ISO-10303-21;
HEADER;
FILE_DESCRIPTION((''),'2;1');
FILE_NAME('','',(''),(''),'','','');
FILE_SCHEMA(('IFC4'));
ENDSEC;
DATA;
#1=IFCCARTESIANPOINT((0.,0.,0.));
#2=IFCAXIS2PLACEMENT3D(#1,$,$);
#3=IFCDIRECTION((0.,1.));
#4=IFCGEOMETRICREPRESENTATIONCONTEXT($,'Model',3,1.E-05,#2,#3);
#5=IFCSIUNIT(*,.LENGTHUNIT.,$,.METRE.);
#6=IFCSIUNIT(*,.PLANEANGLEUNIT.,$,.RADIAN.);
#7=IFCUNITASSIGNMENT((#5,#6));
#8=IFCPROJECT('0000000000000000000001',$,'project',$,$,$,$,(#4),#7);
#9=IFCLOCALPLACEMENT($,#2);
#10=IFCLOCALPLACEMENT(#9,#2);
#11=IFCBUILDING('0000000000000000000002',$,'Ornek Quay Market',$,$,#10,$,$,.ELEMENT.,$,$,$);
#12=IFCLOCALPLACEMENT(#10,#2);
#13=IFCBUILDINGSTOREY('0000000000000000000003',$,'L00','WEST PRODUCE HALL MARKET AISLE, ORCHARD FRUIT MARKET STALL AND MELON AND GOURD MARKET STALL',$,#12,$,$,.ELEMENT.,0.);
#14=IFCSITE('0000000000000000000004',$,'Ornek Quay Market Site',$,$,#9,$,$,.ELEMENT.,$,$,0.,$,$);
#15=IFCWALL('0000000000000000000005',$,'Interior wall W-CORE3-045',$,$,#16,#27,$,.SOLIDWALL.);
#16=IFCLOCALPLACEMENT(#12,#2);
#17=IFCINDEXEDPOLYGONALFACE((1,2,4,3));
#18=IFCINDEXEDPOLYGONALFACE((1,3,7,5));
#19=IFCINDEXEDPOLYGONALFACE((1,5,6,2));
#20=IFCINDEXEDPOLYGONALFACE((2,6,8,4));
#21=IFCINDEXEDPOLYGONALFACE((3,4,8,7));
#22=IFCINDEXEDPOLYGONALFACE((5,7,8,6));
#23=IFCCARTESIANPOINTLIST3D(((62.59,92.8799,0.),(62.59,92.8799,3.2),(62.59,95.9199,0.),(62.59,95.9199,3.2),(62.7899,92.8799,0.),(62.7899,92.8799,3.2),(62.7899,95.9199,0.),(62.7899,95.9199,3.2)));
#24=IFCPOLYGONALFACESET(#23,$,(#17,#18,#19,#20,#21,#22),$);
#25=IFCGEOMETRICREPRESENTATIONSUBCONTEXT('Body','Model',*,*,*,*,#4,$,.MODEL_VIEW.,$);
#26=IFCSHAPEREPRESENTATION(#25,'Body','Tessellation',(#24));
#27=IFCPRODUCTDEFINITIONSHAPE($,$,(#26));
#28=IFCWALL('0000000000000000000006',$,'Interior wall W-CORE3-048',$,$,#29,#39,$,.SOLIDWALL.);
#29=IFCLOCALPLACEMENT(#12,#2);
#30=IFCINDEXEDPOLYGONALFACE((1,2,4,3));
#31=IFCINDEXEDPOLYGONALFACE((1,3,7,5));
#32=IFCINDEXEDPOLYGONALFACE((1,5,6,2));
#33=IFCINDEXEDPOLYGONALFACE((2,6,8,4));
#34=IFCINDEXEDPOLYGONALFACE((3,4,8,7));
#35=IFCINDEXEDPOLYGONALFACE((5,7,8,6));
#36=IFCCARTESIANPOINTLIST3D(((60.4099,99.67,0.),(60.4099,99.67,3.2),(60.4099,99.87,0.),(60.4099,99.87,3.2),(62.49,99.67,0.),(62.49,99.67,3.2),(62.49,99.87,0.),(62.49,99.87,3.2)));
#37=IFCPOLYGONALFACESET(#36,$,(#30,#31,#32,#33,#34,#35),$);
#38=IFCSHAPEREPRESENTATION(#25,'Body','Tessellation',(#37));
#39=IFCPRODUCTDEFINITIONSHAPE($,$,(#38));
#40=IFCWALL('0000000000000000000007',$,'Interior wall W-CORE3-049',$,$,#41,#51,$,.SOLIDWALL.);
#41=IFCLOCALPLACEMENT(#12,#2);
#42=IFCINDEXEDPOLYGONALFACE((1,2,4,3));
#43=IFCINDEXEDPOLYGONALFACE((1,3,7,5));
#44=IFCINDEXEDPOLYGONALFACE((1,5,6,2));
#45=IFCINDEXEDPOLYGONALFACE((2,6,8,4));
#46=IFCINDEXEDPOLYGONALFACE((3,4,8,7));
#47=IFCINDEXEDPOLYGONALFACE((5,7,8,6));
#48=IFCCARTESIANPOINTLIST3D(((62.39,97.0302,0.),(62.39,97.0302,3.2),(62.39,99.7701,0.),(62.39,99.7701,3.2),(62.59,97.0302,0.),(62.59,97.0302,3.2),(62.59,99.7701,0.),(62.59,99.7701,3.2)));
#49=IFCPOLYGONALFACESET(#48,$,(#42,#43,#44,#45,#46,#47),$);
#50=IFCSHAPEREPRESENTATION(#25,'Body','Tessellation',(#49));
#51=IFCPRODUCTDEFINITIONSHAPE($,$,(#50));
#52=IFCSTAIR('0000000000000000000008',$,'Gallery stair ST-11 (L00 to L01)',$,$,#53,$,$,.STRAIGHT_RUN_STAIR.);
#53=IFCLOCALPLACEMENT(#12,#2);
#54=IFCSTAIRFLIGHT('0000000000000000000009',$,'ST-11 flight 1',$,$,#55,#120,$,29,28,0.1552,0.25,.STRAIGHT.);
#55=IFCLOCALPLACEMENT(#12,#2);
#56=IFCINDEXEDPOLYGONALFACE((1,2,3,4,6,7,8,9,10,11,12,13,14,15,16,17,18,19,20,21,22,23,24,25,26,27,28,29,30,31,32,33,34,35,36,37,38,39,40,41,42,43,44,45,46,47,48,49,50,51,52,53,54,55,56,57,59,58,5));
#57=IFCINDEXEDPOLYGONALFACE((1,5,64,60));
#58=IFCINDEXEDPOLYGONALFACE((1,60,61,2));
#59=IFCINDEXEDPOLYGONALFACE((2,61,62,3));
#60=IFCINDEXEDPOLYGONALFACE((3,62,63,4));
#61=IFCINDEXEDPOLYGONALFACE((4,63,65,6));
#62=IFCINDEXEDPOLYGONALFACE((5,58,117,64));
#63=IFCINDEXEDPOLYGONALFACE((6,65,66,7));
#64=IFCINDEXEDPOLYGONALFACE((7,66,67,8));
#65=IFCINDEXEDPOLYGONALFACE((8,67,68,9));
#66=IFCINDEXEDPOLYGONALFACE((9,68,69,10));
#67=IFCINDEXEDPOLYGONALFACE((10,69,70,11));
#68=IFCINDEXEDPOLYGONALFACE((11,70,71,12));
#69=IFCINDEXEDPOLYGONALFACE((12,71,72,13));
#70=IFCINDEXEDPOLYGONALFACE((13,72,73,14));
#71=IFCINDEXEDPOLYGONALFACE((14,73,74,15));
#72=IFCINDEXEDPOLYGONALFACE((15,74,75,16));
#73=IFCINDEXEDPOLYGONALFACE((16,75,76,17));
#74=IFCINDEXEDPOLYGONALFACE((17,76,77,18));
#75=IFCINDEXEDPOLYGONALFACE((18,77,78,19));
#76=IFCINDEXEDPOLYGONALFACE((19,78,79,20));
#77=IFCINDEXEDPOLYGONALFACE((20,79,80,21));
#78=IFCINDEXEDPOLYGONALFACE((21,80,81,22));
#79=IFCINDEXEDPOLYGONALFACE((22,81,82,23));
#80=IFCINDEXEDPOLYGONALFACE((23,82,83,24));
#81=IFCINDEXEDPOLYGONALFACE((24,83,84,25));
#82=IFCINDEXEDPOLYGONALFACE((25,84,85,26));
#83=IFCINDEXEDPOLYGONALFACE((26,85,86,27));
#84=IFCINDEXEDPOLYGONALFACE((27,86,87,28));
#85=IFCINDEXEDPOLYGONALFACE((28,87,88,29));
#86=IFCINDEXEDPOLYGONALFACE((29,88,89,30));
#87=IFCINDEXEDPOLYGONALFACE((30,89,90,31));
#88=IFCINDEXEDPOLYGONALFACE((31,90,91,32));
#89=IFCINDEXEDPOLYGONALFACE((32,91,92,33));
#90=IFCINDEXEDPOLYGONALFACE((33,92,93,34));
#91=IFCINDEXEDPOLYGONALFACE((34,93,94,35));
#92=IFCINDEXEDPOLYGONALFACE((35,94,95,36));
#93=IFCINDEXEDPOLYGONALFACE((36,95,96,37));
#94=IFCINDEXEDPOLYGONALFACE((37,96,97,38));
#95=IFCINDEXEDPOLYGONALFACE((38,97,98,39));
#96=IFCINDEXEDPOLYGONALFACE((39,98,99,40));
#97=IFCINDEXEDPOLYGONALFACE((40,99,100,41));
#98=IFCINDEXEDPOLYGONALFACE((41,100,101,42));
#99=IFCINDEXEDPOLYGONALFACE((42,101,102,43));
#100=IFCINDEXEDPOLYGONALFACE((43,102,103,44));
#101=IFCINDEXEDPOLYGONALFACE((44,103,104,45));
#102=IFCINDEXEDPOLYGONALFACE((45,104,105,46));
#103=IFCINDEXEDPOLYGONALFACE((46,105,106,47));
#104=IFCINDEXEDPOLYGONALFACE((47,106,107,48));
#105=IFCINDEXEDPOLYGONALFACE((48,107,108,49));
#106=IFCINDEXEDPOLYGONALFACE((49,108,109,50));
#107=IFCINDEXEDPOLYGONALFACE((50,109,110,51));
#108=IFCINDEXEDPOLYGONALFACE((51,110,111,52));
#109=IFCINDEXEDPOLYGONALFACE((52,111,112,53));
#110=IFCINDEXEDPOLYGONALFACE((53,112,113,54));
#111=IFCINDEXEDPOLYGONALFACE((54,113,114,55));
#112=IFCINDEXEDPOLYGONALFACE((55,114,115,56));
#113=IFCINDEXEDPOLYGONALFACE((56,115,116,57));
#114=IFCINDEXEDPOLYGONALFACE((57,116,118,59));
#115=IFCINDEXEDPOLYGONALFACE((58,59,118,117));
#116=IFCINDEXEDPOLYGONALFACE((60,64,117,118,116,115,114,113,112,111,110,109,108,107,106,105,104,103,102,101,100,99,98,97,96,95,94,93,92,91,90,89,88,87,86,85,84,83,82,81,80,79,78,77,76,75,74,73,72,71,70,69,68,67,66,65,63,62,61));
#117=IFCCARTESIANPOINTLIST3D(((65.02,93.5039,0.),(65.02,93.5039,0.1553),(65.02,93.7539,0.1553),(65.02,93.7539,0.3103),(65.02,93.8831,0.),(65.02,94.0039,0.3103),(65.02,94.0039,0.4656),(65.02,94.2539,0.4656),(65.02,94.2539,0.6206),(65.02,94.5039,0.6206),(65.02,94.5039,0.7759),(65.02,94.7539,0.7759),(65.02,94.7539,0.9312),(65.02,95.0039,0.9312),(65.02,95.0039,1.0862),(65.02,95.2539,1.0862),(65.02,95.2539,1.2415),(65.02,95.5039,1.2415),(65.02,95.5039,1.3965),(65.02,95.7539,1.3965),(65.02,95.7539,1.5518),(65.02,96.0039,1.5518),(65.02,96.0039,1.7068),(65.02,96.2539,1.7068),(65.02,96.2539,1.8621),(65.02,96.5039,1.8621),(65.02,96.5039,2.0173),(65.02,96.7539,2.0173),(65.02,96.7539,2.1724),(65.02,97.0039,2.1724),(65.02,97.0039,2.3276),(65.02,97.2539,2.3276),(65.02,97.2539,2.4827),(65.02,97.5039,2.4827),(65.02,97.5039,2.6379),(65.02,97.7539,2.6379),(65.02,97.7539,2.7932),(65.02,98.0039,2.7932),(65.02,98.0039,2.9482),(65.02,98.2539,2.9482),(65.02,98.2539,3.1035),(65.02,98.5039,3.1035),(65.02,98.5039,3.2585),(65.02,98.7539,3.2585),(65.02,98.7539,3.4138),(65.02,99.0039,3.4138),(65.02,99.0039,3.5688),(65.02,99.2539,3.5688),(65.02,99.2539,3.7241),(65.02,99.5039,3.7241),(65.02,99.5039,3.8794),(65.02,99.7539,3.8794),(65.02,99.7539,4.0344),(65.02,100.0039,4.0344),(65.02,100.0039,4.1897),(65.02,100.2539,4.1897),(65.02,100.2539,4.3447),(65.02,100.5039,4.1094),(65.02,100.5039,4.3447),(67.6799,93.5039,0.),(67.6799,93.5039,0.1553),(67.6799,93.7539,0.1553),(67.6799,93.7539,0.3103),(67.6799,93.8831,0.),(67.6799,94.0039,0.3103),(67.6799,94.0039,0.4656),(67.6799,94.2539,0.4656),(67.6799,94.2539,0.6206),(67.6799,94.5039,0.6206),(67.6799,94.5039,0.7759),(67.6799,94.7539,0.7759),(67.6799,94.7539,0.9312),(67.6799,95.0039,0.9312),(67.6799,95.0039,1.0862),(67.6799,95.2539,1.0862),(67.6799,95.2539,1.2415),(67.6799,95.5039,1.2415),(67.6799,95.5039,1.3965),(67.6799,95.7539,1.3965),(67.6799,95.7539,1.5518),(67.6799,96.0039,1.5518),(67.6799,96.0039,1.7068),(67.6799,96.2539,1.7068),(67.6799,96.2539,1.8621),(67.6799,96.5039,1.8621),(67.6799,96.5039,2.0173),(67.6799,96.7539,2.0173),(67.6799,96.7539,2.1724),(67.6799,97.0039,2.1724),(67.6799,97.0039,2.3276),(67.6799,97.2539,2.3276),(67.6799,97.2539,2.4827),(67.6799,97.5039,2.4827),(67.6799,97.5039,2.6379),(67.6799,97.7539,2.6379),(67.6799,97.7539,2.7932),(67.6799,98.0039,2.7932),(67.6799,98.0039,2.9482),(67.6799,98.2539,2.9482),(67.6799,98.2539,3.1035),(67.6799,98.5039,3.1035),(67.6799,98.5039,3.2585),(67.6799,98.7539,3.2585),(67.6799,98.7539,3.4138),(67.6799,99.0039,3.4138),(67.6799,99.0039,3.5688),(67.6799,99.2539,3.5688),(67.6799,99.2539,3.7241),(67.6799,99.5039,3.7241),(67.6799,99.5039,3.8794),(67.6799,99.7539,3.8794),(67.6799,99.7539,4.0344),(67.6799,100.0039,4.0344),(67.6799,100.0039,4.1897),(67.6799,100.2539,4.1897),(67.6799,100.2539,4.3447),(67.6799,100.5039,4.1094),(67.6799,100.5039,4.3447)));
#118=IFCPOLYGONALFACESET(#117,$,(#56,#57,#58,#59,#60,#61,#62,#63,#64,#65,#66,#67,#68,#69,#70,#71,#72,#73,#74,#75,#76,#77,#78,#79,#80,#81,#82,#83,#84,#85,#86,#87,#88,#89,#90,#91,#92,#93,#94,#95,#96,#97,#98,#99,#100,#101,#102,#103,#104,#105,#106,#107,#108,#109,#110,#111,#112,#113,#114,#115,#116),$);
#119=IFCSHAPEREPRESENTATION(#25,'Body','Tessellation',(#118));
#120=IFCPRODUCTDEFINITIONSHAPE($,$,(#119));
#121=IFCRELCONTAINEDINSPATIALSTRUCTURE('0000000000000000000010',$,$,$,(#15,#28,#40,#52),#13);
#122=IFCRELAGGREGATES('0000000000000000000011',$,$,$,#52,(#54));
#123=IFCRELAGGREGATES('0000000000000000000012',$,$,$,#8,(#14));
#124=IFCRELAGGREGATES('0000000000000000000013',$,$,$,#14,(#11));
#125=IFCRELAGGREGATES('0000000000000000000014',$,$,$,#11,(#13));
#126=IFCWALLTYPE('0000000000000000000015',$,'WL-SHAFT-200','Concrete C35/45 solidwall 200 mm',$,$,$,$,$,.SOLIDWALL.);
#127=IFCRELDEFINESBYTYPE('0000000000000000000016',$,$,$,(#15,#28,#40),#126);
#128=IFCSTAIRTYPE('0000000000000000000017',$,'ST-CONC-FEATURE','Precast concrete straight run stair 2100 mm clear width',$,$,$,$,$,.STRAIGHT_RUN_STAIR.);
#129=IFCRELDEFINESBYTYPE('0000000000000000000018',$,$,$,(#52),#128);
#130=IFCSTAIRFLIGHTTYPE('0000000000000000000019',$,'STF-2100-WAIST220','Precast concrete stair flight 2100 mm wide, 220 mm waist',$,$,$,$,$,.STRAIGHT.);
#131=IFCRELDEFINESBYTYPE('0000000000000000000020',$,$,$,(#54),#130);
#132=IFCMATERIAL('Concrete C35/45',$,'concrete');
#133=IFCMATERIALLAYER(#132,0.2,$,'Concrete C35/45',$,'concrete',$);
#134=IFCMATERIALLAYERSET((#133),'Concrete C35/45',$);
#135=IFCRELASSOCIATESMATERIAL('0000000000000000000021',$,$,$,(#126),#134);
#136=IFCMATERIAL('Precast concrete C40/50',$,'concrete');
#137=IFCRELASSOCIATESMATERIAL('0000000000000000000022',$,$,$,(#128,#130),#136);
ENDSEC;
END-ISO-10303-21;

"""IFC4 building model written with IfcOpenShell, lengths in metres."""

from ifc_helpers import new_model, si_unit, direction, frame, frame_2d, origin, place, context, subcontext, project, spatial, polyline, rectangle, outline, extrude, material, layer, layer_set, type_object, element, aggregate, save


model = new_model("IFC4")

# Units and contexts
model_context = context("Model", 3, precision=1e-05, world=origin(), true_north=direction((0.0, 1.0)))
body_context = subcontext(model_context, "Body", "Model", "MODEL_VIEW")
ifc_project = project(units=[si_unit("LENGTHUNIT", "METRE"), si_unit("PLANEANGLEUNIT", "RADIAN")], contexts=[model_context])

# Site, building, storey
site_placement = place(None, origin())
site = spatial("IfcSite", under=ifc_project, at=site_placement, Name="Ornek Quay Market Site", CompositionType="ELEMENT", RefElevation=0.0)
building_placement = place(site_placement, origin())
building = spatial("IfcBuilding", under=site, at=building_placement, Name="Ornek Quay Market", CompositionType="ELEMENT")
storey_placement = place(building_placement, origin())
storey = spatial("IfcBuildingStorey", under=building, at=storey_placement, Name="L00", Description="WEST PRODUCE HALL MARKET AISLE, ORCHARD FRUIT MARKET STALL AND MELON AND GOURD MARKET STALL", CompositionType="ELEMENT", Elevation=0.0)

# Shared definitions
ifc_material_1 = material(Name="Concrete C35/45", Category="concrete")

# Walls
ifc_layer_1 = layer(ifc_material_1, 0.2, Name="Concrete C35/45", Category="concrete")
ifc_layer_set_1 = layer_set([ifc_layer_1], Name="Concrete C35/45")
wall_type_1 = type_object("IfcWallType", Name="WL-SHAFT-200", Description="Concrete C35/45 solidwall 200 mm", PredefinedType="SOLIDWALL", material=ifc_layer_set_1)
wall_1_placement = place(storey_placement, frame((62.6899, 92.8799, 0.0), z_axis=(0.0, 0.0, 1.0), x_axis=(0.0, 1.0, 0.0)))
element("IfcWall", 1, at=wall_1_placement, inside=storey, type_object=wall_type_1, Name="Interior wall W-CORE3-045", PredefinedType="SOLIDWALL", context=body_context, shape_type="SweptSolid", body=[
    extrude(rectangle(XDim=3.04, YDim=0.2, at=frame_2d((1.52, 0.0))), origin(), (0.0, 0.0, 1.0), 3.2),
])
wall_2_placement = place(storey_placement, frame((60.4099, 99.77, 0.0), z_axis=(0.0, 0.0, 1.0), x_axis=(1.0, 0.0, 0.0)))
element("IfcWall", 2, at=wall_2_placement, inside=storey, type_object=wall_type_1, Name="Interior wall W-CORE3-048", PredefinedType="SOLIDWALL", context=body_context, shape_type="SweptSolid", body=[
    extrude(rectangle(XDim=2.0801, YDim=0.2, at=frame_2d((1.04, 0.0))), origin(), (0.0, 0.0, 1.0), 3.2),
])
wall_3_placement = place(storey_placement, frame((62.49, 97.03, 0.0), z_axis=(0.0, 0.0, 1.0), x_axis=(0.0, 1.0, 0.0)))
element("IfcWall", 3, at=wall_3_placement, inside=storey, type_object=wall_type_1, Name="Interior wall W-CORE3-049", PredefinedType="SOLIDWALL", context=body_context, shape_type="SweptSolid", body=[
    extrude(rectangle(XDim=2.74, YDim=0.2, at=frame_2d((1.3701, 0.0))), origin(), (0.0, 0.0, 1.0), 3.2),
])

# Stair, stair flight
ifc_material_2 = material(Name="Precast concrete C40/50", Category="concrete")
stair_type = type_object("IfcStairType", Name="ST-CONC-FEATURE", Description="Precast concrete straight run stair 2100 mm clear width", PredefinedType="STRAIGHT_RUN_STAIR", material=ifc_material_2)
stair_placement = place(storey_placement, origin())
stair = element("IfcStair", 4, at=stair_placement, inside=storey, type_object=stair_type, Name="Gallery stair ST-11 (L00 to L01)", PredefinedType="STRAIGHT_RUN_STAIR")
stair_flight_type = type_object("IfcStairFlightType", Name="STF-2100-WAIST220", Description="Precast concrete stair flight 2100 mm wide, 220 mm waist", PredefinedType="STRAIGHT", material=ifc_material_2)
stair_flight_placement = place(storey_placement, frame((66.3501, 93.5039, 0.0), z_axis=(0.0, 0.0, 1.0), x_axis=(0.0, 1.0, 0.0)))
stair_flight = element("IfcStairFlight", 5, at=stair_flight_placement, type_object=stair_flight_type, Name="ST-11 flight 1", NumberOfRisers=29, NumberOfTreads=28, PredefinedType="STRAIGHT", RiserHeight=0.1552, TreadLength=0.25, context=body_context, shape_type="SweptSolid", body=[
    extrude(outline(polyline([(0.0, 0.0), (0.0, 0.1553), (0.25, 0.1553), (0.25, 0.3103), (0.5, 0.3103), (0.5, 0.4656), (0.75, 0.4656), (0.75, 0.6206), (1.0, 0.6206), (1.0, 0.7759), (1.25, 0.7759), (1.25, 0.9312), (1.5, 0.9312), (1.5, 1.0862), (1.75, 1.0862), (1.75, 1.2415), (2.0, 1.2415), (2.0, 1.3965), (2.25, 1.3965), (2.25, 1.5518), (2.5, 1.5518), (2.5, 1.7068), (2.75, 1.7068), (2.75, 1.8621), (3.0, 1.8621), (3.0, 2.0173), (3.25, 2.0173), (3.25, 2.1724), (3.5, 2.1724), (3.5, 2.3276), (3.75, 2.3276), (3.75, 2.4827), (4.0, 2.4827), (4.0, 2.6379), (4.25, 2.6379), (4.25, 2.7932), (4.5, 2.7932), (4.5, 2.9482), (4.75, 2.9482), (4.75, 3.1035), (5.0, 3.1035), (5.0, 3.2585), (5.25, 3.2585), (5.25, 3.4138), (5.5, 3.4138), (5.5, 3.5688), (5.75, 3.5688), (5.75, 3.7241), (6.0, 3.7241), (6.0, 3.8794), (6.25, 3.8794), (6.25, 4.0344), (6.5, 4.0344), (6.5, 4.1897), (6.75, 4.1897), (6.75, 4.3447), (7.0, 4.3447), (7.0, 4.5), (7.0, 4.1094), (0.3792, 0.0), (0.0, 0.0)])), frame((0.0, 1.3301, 0.0), z_axis=(0.0, -1.0, 0.0), x_axis=(1.0, 0.0, 0.0)), (0.0, 0.0, 1.0), 2.6599),
])
aggregate(stair, [stair_flight])

save(model, "model.ifc")
